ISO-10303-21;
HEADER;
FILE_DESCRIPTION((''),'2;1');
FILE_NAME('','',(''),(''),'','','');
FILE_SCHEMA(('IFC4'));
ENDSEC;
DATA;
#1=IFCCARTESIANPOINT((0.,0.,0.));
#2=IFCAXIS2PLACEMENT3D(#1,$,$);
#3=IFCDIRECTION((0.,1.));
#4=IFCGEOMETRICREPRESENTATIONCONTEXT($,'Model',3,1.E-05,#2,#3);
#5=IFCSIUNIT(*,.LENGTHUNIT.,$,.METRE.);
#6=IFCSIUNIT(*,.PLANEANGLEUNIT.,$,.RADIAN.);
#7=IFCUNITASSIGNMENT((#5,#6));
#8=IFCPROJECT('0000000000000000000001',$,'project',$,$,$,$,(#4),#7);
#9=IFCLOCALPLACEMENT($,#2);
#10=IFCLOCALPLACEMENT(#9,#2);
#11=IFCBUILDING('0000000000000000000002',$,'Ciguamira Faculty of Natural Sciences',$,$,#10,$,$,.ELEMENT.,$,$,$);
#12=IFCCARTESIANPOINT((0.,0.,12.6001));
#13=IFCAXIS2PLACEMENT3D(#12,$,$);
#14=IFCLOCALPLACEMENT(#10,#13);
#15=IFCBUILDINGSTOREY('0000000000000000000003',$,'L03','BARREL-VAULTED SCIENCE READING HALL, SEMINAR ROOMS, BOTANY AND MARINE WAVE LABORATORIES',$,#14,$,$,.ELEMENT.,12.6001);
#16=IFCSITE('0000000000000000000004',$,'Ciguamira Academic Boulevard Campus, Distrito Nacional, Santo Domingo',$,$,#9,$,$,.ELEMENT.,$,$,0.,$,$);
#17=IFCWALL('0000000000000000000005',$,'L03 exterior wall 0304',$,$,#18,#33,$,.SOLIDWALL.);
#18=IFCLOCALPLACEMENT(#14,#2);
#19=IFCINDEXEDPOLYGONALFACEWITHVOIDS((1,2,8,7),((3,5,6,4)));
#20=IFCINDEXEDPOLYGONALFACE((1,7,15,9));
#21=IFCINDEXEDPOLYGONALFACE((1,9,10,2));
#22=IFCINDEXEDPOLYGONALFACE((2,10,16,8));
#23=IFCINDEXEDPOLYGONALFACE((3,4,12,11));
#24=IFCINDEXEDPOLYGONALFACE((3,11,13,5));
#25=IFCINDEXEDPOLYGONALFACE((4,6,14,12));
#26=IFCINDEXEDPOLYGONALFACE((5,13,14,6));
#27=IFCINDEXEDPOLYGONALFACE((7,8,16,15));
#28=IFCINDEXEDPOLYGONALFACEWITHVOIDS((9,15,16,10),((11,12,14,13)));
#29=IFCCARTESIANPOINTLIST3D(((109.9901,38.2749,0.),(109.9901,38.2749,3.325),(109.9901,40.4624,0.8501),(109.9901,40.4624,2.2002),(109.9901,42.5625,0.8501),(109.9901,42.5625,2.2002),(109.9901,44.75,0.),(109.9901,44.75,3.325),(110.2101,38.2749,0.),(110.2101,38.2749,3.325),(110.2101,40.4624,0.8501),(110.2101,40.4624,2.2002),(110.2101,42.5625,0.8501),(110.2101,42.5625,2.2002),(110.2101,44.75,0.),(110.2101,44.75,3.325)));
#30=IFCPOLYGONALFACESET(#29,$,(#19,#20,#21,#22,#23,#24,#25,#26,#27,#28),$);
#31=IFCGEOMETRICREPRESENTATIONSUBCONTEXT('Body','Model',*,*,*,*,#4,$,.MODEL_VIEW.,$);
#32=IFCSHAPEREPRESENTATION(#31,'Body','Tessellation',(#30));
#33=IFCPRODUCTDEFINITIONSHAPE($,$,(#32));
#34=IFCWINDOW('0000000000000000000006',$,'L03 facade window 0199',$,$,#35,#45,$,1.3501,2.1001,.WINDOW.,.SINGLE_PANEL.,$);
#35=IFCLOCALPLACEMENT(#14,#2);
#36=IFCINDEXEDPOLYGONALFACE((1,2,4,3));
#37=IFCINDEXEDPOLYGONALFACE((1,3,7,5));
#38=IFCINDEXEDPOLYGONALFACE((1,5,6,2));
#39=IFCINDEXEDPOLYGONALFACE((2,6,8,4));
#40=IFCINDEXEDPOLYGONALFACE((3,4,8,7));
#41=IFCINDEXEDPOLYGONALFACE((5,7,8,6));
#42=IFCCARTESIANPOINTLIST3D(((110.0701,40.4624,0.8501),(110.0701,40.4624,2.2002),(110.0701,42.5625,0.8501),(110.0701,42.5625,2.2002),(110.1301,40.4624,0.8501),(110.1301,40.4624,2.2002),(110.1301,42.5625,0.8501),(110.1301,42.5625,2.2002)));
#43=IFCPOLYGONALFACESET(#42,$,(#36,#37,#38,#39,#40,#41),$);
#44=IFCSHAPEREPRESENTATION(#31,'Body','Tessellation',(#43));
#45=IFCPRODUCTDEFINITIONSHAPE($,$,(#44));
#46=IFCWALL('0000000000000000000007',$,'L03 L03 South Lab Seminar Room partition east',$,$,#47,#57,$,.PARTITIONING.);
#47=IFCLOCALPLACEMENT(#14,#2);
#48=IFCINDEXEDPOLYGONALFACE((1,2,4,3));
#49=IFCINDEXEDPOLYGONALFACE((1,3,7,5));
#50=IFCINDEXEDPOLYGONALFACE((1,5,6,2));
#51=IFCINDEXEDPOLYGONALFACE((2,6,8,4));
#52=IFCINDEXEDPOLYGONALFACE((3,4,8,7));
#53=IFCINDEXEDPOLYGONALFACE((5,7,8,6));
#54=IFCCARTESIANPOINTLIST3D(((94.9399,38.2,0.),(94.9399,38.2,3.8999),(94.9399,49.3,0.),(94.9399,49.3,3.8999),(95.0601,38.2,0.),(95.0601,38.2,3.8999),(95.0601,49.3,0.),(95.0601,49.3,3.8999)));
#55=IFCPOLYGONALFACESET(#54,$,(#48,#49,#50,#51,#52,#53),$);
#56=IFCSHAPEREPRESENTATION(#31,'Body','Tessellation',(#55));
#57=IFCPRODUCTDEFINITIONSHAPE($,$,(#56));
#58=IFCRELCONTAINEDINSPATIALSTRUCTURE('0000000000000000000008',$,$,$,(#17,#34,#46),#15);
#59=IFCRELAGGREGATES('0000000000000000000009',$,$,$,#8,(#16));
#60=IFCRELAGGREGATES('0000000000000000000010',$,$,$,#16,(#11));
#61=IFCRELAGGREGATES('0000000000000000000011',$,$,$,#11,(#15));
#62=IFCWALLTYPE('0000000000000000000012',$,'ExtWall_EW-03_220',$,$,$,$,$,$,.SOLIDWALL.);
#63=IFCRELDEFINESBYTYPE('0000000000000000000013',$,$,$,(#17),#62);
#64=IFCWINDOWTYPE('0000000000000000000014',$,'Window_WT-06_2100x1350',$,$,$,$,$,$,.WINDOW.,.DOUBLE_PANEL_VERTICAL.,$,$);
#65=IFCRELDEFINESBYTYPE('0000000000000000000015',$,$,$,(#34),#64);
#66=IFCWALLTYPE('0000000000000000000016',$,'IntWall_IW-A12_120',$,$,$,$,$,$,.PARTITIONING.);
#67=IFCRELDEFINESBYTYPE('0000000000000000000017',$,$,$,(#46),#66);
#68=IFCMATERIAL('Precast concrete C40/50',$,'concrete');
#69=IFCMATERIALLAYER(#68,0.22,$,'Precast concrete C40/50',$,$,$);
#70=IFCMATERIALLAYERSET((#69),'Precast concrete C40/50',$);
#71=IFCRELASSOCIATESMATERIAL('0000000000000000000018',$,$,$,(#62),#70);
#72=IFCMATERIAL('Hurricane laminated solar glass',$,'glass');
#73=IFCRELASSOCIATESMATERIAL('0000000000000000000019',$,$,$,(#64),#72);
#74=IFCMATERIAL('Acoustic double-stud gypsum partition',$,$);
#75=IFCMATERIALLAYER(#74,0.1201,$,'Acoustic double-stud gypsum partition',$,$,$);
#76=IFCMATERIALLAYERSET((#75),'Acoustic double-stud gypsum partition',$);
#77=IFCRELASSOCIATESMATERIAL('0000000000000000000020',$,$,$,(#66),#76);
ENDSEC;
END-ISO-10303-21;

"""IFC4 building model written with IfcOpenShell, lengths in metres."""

from ifc_helpers import new_model, si_unit, direction, frame, frame_2d, origin, place, context, subcontext, project, spatial, rectangle, extrude, material, layer, layer_set, type_object, element, fill, save


model = new_model("IFC4")

# Units and contexts
model_context = context("Model", 3, precision=1e-05, world=origin(), true_north=direction((0.0, 1.0)))
body_context = subcontext(model_context, "Body", "Model", "MODEL_VIEW")
ifc_project = project(units=[si_unit("LENGTHUNIT", "METRE"), si_unit("PLANEANGLEUNIT", "RADIAN")], contexts=[model_context])

# Site, building, storey
site_placement = place(None, origin())
site = spatial("IfcSite", under=ifc_project, at=site_placement, Name="Ciguamira Academic Boulevard Campus, Distrito Nacional, Santo Domingo", CompositionType="ELEMENT", RefElevation=0.0)
building_placement = place(site_placement, origin())
building = spatial("IfcBuilding", under=site, at=building_placement, Name="Ciguamira Faculty of Natural Sciences", CompositionType="ELEMENT")
storey_placement = place(building_placement, frame((0.0, 0.0, 12.6001)))
storey = spatial("IfcBuildingStorey", under=building, at=storey_placement, Name="L03", Description="BARREL-VAULTED SCIENCE READING HALL, SEMINAR ROOMS, BOTANY AND MARINE WAVE LABORATORIES", CompositionType="ELEMENT", Elevation=12.6001)

# Shared definitions
ifc_material_1 = material(Name="Precast concrete C40/50", Category="concrete")

# Wall, opening, window
ifc_layer_1 = layer(ifc_material_1, 0.22, Name="Precast concrete C40/50")
ifc_layer_set_1 = layer_set([ifc_layer_1], Name="Precast concrete C40/50")
wall_type_1 = type_object("IfcWallType", Name="ExtWall_EW-03_220", PredefinedType="SOLIDWALL", material=ifc_layer_set_1)
wall_1_placement = place(storey_placement, frame((110.1001, 38.2749, 0.0), z_axis=(0.0, 0.0, 1.0), x_axis=(0.0, 1.0, 0.0)))
wall_1 = element("IfcWall", 1, at=wall_1_placement, inside=storey, type_object=wall_type_1, Name="L03 exterior wall 0304", PredefinedType="SOLIDWALL", context=body_context, shape_type="SweptSolid", body=[
    extrude(rectangle(XDim=6.4751, YDim=0.22, at=frame_2d((3.2375, 0.0))), origin(), (0.0, 0.0, 1.0), 3.325),
])
opening_placement = place(wall_1_placement, frame((2.1875, 0.0, 0.8501)))
opening = element("IfcOpeningElement", 2, at=opening_placement, cuts=wall_1, PredefinedType="OPENING", context=body_context, shape_type="SweptSolid", body=[
    extrude(rectangle(XDim=2.1001, YDim=1.3501, at=frame_2d((1.05, 0.675))), frame((0.0, 0.1199, 0.0), z_axis=(0.0, -1.0, 0.0), x_axis=(1.0, 0.0, 0.0)), (0.0, 0.0, 1.0), 0.24),
])
ifc_material_2 = material(Name="Hurricane laminated solar glass", Category="glass")
window_type = type_object("IfcWindowType", Name="Window_WT-06_2100x1350", PartitioningType="DOUBLE_PANEL_VERTICAL", PredefinedType="WINDOW", material=ifc_material_2)
window_placement = place(opening_placement, origin())
window = element("IfcWindow", 3, at=window_placement, inside=storey, type_object=window_type, Name="L03 facade window 0199", OverallHeight=1.3501, OverallWidth=2.1001, PartitioningType="SINGLE_PANEL", PredefinedType="WINDOW", context=body_context, shape_type="SweptSolid", body=[
    extrude(rectangle(XDim=2.1001, YDim=1.3501, at=frame_2d((1.05, 0.675))), frame((0.0, 0.03, 0.0), z_axis=(0.0, -1.0, 0.0), x_axis=(1.0, 0.0, 0.0)), (0.0, 0.0, 1.0), 0.0601),
])
fill(opening, window)

# Wall
ifc_material_3 = material(Name="Acoustic double-stud gypsum partition")
ifc_layer_2 = layer(ifc_material_3, 0.1201, Name="Acoustic double-stud gypsum partition")
ifc_layer_set_2 = layer_set([ifc_layer_2], Name="Acoustic double-stud gypsum partition")
wall_type_2 = type_object("IfcWallType", Name="IntWall_IW-A12_120", PredefinedType="PARTITIONING", material=ifc_layer_set_2)
wall_2_placement = place(storey_placement, frame((95.0, 38.2, 0.0), z_axis=(0.0, 0.0, 1.0), x_axis=(0.0, 1.0, 0.0)))
element("IfcWall", 4, at=wall_2_placement, inside=storey, type_object=wall_type_2, Name="L03 L03 South Lab Seminar Room partition east", PredefinedType="PARTITIONING", context=body_context, shape_type="SweptSolid", body=[
    extrude(rectangle(XDim=11.1001, YDim=0.1201, at=frame_2d((5.55, 0.0))), origin(), (0.0, 0.0, 1.0), 3.8999),
])

save(model, "model.ifc")
